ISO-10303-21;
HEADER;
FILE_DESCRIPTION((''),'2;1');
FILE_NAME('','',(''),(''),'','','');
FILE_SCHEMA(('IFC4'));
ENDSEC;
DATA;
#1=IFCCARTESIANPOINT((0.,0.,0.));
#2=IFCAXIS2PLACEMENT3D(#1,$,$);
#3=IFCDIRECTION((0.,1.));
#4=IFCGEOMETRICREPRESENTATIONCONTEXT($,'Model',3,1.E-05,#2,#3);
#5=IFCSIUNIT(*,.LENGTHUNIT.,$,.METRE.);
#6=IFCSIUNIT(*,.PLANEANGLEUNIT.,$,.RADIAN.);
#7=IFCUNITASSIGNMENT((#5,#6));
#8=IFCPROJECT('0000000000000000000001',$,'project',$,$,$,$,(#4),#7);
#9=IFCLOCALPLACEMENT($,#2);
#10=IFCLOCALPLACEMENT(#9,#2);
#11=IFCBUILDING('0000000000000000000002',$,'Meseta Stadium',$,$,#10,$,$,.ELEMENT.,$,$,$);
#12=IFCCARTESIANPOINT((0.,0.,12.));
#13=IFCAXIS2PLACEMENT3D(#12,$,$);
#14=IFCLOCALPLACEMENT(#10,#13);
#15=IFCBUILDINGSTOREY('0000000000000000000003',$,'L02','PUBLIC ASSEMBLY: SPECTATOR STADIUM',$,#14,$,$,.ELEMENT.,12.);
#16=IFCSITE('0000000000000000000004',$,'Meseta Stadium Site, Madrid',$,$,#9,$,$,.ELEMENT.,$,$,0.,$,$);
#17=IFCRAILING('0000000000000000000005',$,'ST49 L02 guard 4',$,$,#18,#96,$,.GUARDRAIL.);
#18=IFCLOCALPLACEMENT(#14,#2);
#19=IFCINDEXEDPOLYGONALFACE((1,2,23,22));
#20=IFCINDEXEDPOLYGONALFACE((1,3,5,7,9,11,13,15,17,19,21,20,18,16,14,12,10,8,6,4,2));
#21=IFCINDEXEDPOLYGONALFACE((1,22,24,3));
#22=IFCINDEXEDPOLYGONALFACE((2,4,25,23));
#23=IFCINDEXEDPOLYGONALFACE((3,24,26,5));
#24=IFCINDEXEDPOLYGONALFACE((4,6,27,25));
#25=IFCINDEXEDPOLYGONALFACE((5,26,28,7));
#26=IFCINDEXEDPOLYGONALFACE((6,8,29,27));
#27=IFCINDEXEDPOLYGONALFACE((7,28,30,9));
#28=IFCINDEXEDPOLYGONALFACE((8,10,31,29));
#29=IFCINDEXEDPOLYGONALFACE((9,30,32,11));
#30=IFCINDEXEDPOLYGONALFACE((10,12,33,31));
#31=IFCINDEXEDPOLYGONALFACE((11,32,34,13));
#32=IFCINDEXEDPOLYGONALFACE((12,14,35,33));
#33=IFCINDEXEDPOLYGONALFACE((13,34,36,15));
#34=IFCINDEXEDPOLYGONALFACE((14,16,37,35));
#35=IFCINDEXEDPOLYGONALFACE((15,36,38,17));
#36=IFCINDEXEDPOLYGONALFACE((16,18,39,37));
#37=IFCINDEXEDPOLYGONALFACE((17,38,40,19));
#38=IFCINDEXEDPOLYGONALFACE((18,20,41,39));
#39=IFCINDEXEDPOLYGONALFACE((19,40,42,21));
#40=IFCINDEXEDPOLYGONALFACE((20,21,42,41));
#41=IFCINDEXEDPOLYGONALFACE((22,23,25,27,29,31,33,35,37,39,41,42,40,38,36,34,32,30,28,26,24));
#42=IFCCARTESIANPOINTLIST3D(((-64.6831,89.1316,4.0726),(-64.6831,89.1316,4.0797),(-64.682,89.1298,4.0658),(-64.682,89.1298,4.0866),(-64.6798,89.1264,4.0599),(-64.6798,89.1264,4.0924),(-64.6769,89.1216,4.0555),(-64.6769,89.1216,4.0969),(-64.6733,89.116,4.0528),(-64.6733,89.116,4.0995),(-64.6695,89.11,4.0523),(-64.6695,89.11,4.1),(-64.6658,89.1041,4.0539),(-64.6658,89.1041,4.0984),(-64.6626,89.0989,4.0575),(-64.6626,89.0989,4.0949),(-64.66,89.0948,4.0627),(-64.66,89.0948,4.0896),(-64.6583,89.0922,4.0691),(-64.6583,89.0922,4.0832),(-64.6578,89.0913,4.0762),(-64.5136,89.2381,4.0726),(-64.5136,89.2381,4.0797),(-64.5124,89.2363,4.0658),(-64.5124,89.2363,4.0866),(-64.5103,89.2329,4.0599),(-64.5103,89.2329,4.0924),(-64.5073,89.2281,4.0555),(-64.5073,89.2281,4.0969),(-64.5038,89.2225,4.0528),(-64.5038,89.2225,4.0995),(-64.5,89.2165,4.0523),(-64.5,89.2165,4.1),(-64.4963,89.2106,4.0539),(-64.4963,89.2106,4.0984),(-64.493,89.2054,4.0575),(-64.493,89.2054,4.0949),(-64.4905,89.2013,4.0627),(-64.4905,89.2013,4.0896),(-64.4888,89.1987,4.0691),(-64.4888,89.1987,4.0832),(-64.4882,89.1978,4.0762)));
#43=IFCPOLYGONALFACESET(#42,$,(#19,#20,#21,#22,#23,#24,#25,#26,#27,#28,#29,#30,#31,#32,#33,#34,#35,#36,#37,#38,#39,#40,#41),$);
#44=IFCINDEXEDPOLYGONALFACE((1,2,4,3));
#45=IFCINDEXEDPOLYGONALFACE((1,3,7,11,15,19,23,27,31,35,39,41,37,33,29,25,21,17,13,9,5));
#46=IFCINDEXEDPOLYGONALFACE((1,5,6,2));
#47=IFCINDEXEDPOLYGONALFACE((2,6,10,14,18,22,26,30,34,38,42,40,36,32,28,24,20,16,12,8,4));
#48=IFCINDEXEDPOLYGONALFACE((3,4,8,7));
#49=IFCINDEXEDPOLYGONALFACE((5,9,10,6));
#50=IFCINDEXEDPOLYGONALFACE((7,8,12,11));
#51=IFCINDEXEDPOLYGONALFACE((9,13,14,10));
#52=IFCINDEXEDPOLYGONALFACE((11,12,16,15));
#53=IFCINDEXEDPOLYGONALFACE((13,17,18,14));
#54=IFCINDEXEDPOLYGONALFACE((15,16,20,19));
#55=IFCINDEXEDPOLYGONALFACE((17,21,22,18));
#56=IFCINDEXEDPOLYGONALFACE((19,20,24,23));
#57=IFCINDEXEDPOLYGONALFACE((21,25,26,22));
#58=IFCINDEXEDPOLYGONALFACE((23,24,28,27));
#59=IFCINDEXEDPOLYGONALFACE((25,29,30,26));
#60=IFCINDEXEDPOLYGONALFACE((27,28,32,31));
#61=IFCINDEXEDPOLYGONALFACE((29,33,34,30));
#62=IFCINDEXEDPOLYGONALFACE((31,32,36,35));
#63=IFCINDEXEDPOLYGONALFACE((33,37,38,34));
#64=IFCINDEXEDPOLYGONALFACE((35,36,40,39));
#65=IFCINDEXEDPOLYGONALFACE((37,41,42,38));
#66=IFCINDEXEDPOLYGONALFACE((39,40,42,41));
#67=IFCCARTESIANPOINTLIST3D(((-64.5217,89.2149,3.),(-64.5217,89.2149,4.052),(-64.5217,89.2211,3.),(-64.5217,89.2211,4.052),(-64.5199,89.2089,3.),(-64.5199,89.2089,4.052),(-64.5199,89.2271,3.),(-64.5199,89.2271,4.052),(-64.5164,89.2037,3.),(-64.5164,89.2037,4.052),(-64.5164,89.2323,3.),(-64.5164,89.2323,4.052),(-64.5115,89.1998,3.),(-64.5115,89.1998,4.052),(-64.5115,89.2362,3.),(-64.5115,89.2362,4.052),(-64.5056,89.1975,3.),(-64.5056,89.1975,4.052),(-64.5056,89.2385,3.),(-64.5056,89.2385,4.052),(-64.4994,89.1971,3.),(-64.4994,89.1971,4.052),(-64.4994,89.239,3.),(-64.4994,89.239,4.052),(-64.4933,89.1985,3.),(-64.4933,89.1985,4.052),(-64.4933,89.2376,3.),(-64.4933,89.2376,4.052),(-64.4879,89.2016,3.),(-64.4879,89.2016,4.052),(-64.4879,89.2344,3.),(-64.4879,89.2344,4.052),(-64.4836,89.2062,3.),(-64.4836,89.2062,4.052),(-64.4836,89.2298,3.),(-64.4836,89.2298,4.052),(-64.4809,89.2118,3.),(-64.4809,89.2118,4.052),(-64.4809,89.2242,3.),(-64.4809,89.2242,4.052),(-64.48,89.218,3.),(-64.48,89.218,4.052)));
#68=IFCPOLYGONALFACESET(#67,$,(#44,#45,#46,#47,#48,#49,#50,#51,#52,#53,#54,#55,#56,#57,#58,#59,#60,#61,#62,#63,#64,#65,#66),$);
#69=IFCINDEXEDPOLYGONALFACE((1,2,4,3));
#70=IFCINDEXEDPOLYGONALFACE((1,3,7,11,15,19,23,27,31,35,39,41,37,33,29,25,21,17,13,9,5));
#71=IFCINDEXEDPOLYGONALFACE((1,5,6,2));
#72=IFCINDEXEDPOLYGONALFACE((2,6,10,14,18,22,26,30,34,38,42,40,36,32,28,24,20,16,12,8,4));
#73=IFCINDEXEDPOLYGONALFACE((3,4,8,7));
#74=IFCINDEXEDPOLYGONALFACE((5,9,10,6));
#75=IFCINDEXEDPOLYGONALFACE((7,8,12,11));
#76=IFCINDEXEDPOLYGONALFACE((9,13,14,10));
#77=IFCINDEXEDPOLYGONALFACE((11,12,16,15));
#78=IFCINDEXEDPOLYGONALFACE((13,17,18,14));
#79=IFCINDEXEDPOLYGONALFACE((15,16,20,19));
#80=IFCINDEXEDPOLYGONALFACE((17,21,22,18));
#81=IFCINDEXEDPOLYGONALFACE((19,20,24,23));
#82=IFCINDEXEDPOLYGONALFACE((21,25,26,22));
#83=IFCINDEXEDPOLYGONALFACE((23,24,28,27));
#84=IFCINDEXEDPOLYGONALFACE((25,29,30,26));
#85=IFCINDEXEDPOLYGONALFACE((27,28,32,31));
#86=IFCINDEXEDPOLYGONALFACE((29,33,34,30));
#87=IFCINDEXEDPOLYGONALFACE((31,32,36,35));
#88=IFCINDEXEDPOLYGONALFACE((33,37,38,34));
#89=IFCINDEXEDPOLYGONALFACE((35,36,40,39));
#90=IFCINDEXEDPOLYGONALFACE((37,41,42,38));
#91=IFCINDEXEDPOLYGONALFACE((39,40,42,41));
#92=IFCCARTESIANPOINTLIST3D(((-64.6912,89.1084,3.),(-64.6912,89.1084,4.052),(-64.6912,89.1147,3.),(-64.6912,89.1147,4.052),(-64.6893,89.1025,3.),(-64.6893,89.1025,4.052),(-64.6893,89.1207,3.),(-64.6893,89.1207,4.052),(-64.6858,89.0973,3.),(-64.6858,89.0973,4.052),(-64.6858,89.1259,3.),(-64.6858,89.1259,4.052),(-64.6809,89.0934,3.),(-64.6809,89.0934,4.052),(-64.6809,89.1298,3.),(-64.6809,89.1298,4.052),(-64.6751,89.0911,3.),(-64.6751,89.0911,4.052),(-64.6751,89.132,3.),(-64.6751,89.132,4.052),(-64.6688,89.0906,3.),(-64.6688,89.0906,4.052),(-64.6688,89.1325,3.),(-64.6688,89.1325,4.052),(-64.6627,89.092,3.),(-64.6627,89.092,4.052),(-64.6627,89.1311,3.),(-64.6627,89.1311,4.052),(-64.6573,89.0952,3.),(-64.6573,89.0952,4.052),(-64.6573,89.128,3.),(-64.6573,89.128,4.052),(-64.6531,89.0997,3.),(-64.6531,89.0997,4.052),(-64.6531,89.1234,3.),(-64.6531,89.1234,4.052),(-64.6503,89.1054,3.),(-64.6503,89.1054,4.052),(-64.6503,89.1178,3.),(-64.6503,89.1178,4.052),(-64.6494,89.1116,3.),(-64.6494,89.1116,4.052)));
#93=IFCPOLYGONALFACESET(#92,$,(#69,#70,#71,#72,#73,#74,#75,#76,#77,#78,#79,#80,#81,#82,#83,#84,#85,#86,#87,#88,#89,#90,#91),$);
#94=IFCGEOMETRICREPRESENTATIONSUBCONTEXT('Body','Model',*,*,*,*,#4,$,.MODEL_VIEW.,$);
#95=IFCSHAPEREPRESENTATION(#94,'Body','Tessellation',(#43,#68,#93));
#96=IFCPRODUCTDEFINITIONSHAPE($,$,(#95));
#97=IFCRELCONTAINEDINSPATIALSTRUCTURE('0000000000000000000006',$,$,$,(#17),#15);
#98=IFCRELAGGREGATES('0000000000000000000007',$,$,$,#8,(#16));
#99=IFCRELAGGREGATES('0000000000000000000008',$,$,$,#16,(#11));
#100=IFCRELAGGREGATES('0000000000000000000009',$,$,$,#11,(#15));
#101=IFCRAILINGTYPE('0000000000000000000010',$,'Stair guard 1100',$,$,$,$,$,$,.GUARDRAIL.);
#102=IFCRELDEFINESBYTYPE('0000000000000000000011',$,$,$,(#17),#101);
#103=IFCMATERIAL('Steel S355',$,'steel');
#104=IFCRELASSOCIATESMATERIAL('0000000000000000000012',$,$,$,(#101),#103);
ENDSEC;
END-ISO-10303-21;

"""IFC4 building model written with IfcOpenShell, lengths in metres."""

from ifc_helpers import new_model, si_unit, direction, frame, origin, origin_2d, place, context, subcontext, project, spatial, circle, extrude, material, type_object, element, save


model = new_model("IFC4")

# Units and contexts
model_context = context("Model", 3, precision=1e-05, world=origin(), true_north=direction((0.0, 1.0)))
body_context = subcontext(model_context, "Body", "Model", "MODEL_VIEW")
ifc_project = project(units=[si_unit("LENGTHUNIT", "METRE"), si_unit("PLANEANGLEUNIT", "RADIAN")], contexts=[model_context])

# Site, building, storey
site_placement = place(None, origin())
site = spatial("IfcSite", under=ifc_project, at=site_placement, Name="Meseta Stadium Site, Madrid", CompositionType="ELEMENT", RefElevation=0.0)
building_placement = place(site_placement, origin())
building = spatial("IfcBuilding", under=site, at=building_placement, Name="Meseta Stadium", CompositionType="ELEMENT")
storey_placement = place(building_placement, frame((0.0, 0.0, 12.0)))
storey = spatial("IfcBuildingStorey", under=building, at=storey_placement, Name="L02", Description="PUBLIC ASSEMBLY: SPECTATOR STADIUM", CompositionType="ELEMENT", Elevation=12.0)

# Railing
ifc_material_1 = material(Name="Steel S355", Category="steel")
railing_type_1 = type_object("IfcRailingType", Name="Stair guard 1100", PredefinedType="GUARDRAIL", material=ifc_material_1)
railing_1_placement = place(storey_placement, frame((-64.501, 89.218, 3.0)))
element("IfcRailing", 1, at=railing_1_placement, inside=storey, type_object=railing_type_1, Name="ST49 L02 guard 4", PredefinedType="GUARDRAIL", context=body_context, shape_type="SweptSolid", body=[
    extrude(circle(Radius=0.0239, at=origin_2d()), frame((0.0, 0.0, 1.0762), z_axis=(-0.846762, -0.531972, 0.0), x_axis=(0.531972, -0.846762, 0.0)), (0.0, 0.0, 1.0), 0.2002),
    extrude(circle(Radius=0.021, at=origin_2d()), origin(), (0.0, 0.0, 1.0), 1.052),
    extrude(circle(Radius=0.021, at=origin_2d()), frame((-0.1694, -0.1064, 0.0)), (0.0, 0.0, 1.0), 1.052),
])

save(model, "model.ifc")
